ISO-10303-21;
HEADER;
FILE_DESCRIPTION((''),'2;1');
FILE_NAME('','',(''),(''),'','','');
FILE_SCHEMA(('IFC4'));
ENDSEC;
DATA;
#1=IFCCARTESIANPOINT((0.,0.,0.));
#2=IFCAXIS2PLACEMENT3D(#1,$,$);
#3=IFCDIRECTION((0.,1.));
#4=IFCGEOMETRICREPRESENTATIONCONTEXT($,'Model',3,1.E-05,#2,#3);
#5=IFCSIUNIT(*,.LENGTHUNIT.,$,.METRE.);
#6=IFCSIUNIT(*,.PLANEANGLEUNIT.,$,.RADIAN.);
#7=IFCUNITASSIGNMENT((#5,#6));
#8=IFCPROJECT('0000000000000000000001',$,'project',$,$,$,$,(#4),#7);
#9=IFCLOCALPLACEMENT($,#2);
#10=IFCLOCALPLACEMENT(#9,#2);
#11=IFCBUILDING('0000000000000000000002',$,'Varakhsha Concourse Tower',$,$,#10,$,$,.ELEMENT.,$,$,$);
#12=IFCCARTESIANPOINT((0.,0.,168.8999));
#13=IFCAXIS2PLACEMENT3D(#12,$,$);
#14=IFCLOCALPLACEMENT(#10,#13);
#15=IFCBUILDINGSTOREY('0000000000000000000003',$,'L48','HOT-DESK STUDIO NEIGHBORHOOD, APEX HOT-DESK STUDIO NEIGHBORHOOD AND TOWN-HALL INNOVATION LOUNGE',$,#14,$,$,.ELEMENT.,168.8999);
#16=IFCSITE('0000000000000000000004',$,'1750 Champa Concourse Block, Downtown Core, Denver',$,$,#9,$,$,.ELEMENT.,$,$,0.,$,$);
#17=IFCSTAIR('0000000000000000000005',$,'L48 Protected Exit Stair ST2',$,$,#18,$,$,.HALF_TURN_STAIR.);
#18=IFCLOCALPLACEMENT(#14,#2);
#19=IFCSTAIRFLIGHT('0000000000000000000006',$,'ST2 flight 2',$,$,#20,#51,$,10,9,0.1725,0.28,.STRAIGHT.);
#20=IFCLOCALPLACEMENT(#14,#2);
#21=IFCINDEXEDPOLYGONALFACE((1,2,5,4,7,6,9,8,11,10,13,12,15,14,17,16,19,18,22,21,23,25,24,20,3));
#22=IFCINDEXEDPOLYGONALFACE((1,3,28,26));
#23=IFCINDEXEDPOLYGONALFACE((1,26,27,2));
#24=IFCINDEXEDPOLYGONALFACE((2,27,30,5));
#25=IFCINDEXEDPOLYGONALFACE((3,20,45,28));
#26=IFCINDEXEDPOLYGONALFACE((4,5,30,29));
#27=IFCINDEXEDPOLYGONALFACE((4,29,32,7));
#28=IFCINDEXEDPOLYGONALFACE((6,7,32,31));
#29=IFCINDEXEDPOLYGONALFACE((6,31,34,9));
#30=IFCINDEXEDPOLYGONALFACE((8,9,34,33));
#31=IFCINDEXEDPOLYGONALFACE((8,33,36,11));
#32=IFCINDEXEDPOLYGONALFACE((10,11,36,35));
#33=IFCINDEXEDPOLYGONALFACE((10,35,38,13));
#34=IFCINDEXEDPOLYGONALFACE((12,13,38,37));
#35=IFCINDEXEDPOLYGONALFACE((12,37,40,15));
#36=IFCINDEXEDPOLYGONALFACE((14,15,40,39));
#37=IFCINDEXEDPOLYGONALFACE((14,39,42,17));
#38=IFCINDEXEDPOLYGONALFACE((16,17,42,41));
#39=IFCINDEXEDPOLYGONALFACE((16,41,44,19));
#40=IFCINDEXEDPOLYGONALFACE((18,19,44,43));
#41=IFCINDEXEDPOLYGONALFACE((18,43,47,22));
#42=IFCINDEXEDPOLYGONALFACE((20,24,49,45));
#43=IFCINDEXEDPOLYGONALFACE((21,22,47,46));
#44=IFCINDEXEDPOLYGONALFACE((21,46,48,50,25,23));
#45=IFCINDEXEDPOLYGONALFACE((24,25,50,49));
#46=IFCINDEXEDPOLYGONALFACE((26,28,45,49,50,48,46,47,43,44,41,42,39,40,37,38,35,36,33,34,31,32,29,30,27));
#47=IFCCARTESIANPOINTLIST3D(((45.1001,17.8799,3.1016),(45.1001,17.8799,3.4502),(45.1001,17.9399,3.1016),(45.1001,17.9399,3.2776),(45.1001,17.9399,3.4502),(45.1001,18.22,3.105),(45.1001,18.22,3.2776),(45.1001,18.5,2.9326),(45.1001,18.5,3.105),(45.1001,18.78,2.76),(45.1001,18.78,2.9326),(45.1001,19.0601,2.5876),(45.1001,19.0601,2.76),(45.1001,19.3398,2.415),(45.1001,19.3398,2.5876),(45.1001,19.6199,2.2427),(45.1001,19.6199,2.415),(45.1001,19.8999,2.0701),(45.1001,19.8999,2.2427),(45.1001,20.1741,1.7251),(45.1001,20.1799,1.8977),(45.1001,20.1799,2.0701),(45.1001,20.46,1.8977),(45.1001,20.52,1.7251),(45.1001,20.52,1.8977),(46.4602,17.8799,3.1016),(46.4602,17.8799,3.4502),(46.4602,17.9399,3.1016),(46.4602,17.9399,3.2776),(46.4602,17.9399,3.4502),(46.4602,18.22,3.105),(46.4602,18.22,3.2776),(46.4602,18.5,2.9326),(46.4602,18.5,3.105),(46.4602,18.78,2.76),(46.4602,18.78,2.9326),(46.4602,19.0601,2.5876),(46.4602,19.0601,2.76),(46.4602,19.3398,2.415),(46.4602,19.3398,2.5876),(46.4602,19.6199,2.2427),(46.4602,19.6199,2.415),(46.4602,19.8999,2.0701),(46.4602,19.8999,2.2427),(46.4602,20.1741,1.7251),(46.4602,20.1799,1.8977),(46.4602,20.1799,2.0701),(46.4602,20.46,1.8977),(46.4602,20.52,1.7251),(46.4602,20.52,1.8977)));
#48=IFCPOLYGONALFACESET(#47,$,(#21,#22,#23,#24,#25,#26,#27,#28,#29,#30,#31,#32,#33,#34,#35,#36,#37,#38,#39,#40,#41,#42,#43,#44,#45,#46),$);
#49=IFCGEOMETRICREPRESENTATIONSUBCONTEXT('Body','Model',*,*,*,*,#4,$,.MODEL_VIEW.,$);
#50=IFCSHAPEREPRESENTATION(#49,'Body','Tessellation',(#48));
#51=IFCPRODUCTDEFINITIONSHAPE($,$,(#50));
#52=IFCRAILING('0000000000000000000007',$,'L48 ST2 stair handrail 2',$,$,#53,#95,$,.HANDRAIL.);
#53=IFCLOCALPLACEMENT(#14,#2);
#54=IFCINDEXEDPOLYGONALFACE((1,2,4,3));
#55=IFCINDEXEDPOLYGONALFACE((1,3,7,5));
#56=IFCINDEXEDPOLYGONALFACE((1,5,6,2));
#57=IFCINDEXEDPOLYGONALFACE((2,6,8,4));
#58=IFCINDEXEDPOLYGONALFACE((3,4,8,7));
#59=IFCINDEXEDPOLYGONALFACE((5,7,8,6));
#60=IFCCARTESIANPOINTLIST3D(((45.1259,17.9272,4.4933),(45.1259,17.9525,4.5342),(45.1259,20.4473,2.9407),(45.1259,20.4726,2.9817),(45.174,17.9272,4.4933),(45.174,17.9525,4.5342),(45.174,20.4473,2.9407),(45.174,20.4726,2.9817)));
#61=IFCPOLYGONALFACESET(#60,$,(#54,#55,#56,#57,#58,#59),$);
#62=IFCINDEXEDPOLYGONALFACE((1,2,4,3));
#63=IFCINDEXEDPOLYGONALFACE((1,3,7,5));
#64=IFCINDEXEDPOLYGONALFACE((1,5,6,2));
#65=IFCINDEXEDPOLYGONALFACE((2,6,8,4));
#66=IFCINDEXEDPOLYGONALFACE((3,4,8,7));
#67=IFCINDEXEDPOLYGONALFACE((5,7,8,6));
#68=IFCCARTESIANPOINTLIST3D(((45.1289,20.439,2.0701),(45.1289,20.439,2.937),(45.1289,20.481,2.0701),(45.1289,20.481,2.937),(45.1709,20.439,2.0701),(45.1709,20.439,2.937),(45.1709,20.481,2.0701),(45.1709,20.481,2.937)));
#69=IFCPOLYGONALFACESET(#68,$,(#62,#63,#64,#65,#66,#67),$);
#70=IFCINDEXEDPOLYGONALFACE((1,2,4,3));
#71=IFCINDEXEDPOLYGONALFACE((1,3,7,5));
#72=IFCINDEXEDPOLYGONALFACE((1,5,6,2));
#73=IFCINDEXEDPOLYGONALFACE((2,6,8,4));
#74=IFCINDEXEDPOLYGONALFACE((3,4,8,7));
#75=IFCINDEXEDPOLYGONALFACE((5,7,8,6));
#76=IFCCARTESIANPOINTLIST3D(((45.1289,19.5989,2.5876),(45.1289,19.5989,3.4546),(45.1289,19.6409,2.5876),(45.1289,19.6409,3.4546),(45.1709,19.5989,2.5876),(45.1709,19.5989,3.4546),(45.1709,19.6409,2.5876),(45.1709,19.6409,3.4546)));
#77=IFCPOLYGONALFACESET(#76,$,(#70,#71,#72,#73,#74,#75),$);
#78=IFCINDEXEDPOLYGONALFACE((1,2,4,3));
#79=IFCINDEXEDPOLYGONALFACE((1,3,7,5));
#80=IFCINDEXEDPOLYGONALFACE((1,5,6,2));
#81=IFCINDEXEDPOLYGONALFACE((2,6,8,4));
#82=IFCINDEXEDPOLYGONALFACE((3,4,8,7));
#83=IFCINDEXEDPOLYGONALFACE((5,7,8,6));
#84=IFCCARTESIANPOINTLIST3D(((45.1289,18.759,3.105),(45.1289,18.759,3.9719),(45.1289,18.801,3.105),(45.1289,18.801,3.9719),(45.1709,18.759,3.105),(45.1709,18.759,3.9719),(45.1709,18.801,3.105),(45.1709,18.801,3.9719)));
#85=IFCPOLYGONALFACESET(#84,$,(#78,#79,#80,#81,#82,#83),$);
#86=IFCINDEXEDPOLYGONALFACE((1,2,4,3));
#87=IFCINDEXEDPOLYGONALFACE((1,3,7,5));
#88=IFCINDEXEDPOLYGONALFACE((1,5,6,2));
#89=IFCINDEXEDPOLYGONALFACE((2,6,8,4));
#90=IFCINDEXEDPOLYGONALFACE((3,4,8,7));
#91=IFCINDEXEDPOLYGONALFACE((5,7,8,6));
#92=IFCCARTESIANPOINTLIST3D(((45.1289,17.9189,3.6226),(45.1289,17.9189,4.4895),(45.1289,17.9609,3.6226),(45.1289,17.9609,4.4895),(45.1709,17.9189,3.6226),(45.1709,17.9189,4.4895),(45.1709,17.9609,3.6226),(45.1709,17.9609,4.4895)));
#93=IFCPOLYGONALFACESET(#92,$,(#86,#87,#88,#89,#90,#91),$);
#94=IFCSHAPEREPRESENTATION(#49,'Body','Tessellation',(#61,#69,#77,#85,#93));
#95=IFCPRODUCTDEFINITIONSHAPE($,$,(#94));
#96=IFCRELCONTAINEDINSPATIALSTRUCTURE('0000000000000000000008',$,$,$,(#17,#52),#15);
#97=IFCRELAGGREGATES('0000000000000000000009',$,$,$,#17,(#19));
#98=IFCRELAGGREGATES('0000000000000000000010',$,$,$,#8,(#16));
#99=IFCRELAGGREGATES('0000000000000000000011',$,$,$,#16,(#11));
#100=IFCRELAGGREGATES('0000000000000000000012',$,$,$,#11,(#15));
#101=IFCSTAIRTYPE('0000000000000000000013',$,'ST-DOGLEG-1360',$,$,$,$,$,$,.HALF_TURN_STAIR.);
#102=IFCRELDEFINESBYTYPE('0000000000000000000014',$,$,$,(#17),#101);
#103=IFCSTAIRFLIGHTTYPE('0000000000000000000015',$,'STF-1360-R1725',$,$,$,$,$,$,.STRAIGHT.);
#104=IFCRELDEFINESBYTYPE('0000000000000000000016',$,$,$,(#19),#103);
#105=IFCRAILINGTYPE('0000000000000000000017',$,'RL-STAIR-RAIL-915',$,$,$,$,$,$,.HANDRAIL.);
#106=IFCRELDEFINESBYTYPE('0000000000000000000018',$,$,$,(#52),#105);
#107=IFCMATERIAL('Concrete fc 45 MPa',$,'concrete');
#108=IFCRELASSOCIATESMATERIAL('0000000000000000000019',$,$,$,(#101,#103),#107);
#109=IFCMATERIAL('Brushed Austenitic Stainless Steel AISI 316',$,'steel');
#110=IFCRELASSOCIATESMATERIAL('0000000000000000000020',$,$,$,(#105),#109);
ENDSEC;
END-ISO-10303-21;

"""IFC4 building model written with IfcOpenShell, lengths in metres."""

from ifc_helpers import new_model, si_unit, direction, frame, origin, origin_2d, place, context, subcontext, project, spatial, polyline, rectangle, outline, extrude, material, type_object, element, aggregate, save


model = new_model("IFC4")

# Units and contexts
model_context = context("Model", 3, precision=1e-05, world=origin(), true_north=direction((0.0, 1.0)))
body_context = subcontext(model_context, "Body", "Model", "MODEL_VIEW")
ifc_project = project(units=[si_unit("LENGTHUNIT", "METRE"), si_unit("PLANEANGLEUNIT", "RADIAN")], contexts=[model_context])

# Site, building, storey
site_placement = place(None, origin())
site = spatial("IfcSite", under=ifc_project, at=site_placement, Name="1750 Champa Concourse Block, Downtown Core, Denver", CompositionType="ELEMENT", RefElevation=0.0)
building_placement = place(site_placement, origin())
building = spatial("IfcBuilding", under=site, at=building_placement, Name="Varakhsha Concourse Tower", CompositionType="ELEMENT")
storey_placement = place(building_placement, frame((0.0, 0.0, 168.8999)))
storey = spatial("IfcBuildingStorey", under=building, at=storey_placement, Name="L48", Description="HOT-DESK STUDIO NEIGHBORHOOD, APEX HOT-DESK STUDIO NEIGHBORHOOD AND TOWN-HALL INNOVATION LOUNGE", CompositionType="ELEMENT", Elevation=168.8999)

# Shared definitions
ifc_material_1 = material(Name="Concrete fc 45 MPa", Category="concrete")

# Stair, stair flight
stair_type = type_object("IfcStairType", Name="ST-DOGLEG-1360", PredefinedType="HALF_TURN_STAIR", material=ifc_material_1)
stair_placement = place(storey_placement, origin())
stair = element("IfcStair", 1, at=stair_placement, inside=storey, type_object=stair_type, Name="L48 Protected Exit Stair ST2", PredefinedType="HALF_TURN_STAIR")
stair_flight_type = type_object("IfcStairFlightType", Name="STF-1360-R1725", PredefinedType="STRAIGHT", material=ifc_material_1)
stair_flight_placement = place(storey_placement, frame((45.78, 20.46, 1.7251), z_axis=(0.0, 0.0, 1.0), x_axis=(0.0, -1.0, 0.0)))
stair_flight = element("IfcStairFlight", 2, at=stair_flight_placement, type_object=stair_flight_type, Name="ST2 flight 2", NumberOfRisers=10, NumberOfTreads=9, PredefinedType="STRAIGHT", RiserHeight=0.1725, TreadLength=0.28, context=body_context, shape_type="SweptSolid", body=[
    extrude(outline(polyline([(-0.0601, 0.0), (-0.0601, 0.1726), (0.0, 0.1726), (0.28, 0.1726), (0.28, 0.345), (0.5601, 0.345), (0.5601, 0.5176), (0.8401, 0.5176), (0.8401, 0.6899), (1.1201, 0.6899), (1.1201, 0.8625), (1.3999, 0.8625), (1.3999, 1.0349), (1.6799, 1.0349), (1.6799, 1.2075), (1.96, 1.2075), (1.96, 1.3799), (2.24, 1.3799), (2.24, 1.5525), (2.52, 1.5525), (2.52, 1.7251), (2.5801, 1.7251), (2.5801, 1.3765), (2.52, 1.3765), (0.2859, 0.0), (-0.0601, 0.0)])), frame((0.0, 0.6802, 0.0), z_axis=(0.0, -1.0, 0.0), x_axis=(1.0, 0.0, 0.0)), (0.0, 0.0, 1.0), 1.3601),
])
aggregate(stair, [stair_flight])

# Railing
ifc_material_2 = material(Name="Brushed Austenitic Stainless Steel AISI 316", Category="steel")
railing_type = type_object("IfcRailingType", Name="RL-STAIR-RAIL-915", PredefinedType="HANDRAIL", material=ifc_material_2)
railing_placement = place(storey_placement, frame((45.1499, 20.46, 2.0701)))
element("IfcRailing", 3, at=railing_placement, inside=storey, type_object=railing_type, Name="L48 ST2 stair handrail 2", PredefinedType="HANDRAIL", context=body_context, shape_type="SweptSolid", body=[
    extrude(rectangle(XDim=0.0481, YDim=0.0481, at=origin_2d()), frame((0.0, 0.0, 0.8911), z_axis=(0.0, -0.8514, 0.524516), x_axis=(1.0, 0.0, 0.0)), (0.0, 0.0, 1.0), 2.96),
    extrude(rectangle(XDim=0.042, YDim=0.042, at=origin_2d()), origin(), (0.0, 0.0, 1.0), 0.8669),
    extrude(rectangle(XDim=0.042, YDim=0.042, at=origin_2d()), frame((0.0, -0.8401, 0.5176)), (0.0, 0.0, 1.0), 0.8669),
    extrude(rectangle(XDim=0.042, YDim=0.042, at=origin_2d()), frame((0.0, -1.6799, 1.0349)), (0.0, 0.0, 1.0), 0.8669),
    extrude(rectangle(XDim=0.042, YDim=0.042, at=origin_2d()), frame((0.0, -2.52, 1.5525)), (0.0, 0.0, 1.0), 0.8669),
])

save(model, "model.ifc")
